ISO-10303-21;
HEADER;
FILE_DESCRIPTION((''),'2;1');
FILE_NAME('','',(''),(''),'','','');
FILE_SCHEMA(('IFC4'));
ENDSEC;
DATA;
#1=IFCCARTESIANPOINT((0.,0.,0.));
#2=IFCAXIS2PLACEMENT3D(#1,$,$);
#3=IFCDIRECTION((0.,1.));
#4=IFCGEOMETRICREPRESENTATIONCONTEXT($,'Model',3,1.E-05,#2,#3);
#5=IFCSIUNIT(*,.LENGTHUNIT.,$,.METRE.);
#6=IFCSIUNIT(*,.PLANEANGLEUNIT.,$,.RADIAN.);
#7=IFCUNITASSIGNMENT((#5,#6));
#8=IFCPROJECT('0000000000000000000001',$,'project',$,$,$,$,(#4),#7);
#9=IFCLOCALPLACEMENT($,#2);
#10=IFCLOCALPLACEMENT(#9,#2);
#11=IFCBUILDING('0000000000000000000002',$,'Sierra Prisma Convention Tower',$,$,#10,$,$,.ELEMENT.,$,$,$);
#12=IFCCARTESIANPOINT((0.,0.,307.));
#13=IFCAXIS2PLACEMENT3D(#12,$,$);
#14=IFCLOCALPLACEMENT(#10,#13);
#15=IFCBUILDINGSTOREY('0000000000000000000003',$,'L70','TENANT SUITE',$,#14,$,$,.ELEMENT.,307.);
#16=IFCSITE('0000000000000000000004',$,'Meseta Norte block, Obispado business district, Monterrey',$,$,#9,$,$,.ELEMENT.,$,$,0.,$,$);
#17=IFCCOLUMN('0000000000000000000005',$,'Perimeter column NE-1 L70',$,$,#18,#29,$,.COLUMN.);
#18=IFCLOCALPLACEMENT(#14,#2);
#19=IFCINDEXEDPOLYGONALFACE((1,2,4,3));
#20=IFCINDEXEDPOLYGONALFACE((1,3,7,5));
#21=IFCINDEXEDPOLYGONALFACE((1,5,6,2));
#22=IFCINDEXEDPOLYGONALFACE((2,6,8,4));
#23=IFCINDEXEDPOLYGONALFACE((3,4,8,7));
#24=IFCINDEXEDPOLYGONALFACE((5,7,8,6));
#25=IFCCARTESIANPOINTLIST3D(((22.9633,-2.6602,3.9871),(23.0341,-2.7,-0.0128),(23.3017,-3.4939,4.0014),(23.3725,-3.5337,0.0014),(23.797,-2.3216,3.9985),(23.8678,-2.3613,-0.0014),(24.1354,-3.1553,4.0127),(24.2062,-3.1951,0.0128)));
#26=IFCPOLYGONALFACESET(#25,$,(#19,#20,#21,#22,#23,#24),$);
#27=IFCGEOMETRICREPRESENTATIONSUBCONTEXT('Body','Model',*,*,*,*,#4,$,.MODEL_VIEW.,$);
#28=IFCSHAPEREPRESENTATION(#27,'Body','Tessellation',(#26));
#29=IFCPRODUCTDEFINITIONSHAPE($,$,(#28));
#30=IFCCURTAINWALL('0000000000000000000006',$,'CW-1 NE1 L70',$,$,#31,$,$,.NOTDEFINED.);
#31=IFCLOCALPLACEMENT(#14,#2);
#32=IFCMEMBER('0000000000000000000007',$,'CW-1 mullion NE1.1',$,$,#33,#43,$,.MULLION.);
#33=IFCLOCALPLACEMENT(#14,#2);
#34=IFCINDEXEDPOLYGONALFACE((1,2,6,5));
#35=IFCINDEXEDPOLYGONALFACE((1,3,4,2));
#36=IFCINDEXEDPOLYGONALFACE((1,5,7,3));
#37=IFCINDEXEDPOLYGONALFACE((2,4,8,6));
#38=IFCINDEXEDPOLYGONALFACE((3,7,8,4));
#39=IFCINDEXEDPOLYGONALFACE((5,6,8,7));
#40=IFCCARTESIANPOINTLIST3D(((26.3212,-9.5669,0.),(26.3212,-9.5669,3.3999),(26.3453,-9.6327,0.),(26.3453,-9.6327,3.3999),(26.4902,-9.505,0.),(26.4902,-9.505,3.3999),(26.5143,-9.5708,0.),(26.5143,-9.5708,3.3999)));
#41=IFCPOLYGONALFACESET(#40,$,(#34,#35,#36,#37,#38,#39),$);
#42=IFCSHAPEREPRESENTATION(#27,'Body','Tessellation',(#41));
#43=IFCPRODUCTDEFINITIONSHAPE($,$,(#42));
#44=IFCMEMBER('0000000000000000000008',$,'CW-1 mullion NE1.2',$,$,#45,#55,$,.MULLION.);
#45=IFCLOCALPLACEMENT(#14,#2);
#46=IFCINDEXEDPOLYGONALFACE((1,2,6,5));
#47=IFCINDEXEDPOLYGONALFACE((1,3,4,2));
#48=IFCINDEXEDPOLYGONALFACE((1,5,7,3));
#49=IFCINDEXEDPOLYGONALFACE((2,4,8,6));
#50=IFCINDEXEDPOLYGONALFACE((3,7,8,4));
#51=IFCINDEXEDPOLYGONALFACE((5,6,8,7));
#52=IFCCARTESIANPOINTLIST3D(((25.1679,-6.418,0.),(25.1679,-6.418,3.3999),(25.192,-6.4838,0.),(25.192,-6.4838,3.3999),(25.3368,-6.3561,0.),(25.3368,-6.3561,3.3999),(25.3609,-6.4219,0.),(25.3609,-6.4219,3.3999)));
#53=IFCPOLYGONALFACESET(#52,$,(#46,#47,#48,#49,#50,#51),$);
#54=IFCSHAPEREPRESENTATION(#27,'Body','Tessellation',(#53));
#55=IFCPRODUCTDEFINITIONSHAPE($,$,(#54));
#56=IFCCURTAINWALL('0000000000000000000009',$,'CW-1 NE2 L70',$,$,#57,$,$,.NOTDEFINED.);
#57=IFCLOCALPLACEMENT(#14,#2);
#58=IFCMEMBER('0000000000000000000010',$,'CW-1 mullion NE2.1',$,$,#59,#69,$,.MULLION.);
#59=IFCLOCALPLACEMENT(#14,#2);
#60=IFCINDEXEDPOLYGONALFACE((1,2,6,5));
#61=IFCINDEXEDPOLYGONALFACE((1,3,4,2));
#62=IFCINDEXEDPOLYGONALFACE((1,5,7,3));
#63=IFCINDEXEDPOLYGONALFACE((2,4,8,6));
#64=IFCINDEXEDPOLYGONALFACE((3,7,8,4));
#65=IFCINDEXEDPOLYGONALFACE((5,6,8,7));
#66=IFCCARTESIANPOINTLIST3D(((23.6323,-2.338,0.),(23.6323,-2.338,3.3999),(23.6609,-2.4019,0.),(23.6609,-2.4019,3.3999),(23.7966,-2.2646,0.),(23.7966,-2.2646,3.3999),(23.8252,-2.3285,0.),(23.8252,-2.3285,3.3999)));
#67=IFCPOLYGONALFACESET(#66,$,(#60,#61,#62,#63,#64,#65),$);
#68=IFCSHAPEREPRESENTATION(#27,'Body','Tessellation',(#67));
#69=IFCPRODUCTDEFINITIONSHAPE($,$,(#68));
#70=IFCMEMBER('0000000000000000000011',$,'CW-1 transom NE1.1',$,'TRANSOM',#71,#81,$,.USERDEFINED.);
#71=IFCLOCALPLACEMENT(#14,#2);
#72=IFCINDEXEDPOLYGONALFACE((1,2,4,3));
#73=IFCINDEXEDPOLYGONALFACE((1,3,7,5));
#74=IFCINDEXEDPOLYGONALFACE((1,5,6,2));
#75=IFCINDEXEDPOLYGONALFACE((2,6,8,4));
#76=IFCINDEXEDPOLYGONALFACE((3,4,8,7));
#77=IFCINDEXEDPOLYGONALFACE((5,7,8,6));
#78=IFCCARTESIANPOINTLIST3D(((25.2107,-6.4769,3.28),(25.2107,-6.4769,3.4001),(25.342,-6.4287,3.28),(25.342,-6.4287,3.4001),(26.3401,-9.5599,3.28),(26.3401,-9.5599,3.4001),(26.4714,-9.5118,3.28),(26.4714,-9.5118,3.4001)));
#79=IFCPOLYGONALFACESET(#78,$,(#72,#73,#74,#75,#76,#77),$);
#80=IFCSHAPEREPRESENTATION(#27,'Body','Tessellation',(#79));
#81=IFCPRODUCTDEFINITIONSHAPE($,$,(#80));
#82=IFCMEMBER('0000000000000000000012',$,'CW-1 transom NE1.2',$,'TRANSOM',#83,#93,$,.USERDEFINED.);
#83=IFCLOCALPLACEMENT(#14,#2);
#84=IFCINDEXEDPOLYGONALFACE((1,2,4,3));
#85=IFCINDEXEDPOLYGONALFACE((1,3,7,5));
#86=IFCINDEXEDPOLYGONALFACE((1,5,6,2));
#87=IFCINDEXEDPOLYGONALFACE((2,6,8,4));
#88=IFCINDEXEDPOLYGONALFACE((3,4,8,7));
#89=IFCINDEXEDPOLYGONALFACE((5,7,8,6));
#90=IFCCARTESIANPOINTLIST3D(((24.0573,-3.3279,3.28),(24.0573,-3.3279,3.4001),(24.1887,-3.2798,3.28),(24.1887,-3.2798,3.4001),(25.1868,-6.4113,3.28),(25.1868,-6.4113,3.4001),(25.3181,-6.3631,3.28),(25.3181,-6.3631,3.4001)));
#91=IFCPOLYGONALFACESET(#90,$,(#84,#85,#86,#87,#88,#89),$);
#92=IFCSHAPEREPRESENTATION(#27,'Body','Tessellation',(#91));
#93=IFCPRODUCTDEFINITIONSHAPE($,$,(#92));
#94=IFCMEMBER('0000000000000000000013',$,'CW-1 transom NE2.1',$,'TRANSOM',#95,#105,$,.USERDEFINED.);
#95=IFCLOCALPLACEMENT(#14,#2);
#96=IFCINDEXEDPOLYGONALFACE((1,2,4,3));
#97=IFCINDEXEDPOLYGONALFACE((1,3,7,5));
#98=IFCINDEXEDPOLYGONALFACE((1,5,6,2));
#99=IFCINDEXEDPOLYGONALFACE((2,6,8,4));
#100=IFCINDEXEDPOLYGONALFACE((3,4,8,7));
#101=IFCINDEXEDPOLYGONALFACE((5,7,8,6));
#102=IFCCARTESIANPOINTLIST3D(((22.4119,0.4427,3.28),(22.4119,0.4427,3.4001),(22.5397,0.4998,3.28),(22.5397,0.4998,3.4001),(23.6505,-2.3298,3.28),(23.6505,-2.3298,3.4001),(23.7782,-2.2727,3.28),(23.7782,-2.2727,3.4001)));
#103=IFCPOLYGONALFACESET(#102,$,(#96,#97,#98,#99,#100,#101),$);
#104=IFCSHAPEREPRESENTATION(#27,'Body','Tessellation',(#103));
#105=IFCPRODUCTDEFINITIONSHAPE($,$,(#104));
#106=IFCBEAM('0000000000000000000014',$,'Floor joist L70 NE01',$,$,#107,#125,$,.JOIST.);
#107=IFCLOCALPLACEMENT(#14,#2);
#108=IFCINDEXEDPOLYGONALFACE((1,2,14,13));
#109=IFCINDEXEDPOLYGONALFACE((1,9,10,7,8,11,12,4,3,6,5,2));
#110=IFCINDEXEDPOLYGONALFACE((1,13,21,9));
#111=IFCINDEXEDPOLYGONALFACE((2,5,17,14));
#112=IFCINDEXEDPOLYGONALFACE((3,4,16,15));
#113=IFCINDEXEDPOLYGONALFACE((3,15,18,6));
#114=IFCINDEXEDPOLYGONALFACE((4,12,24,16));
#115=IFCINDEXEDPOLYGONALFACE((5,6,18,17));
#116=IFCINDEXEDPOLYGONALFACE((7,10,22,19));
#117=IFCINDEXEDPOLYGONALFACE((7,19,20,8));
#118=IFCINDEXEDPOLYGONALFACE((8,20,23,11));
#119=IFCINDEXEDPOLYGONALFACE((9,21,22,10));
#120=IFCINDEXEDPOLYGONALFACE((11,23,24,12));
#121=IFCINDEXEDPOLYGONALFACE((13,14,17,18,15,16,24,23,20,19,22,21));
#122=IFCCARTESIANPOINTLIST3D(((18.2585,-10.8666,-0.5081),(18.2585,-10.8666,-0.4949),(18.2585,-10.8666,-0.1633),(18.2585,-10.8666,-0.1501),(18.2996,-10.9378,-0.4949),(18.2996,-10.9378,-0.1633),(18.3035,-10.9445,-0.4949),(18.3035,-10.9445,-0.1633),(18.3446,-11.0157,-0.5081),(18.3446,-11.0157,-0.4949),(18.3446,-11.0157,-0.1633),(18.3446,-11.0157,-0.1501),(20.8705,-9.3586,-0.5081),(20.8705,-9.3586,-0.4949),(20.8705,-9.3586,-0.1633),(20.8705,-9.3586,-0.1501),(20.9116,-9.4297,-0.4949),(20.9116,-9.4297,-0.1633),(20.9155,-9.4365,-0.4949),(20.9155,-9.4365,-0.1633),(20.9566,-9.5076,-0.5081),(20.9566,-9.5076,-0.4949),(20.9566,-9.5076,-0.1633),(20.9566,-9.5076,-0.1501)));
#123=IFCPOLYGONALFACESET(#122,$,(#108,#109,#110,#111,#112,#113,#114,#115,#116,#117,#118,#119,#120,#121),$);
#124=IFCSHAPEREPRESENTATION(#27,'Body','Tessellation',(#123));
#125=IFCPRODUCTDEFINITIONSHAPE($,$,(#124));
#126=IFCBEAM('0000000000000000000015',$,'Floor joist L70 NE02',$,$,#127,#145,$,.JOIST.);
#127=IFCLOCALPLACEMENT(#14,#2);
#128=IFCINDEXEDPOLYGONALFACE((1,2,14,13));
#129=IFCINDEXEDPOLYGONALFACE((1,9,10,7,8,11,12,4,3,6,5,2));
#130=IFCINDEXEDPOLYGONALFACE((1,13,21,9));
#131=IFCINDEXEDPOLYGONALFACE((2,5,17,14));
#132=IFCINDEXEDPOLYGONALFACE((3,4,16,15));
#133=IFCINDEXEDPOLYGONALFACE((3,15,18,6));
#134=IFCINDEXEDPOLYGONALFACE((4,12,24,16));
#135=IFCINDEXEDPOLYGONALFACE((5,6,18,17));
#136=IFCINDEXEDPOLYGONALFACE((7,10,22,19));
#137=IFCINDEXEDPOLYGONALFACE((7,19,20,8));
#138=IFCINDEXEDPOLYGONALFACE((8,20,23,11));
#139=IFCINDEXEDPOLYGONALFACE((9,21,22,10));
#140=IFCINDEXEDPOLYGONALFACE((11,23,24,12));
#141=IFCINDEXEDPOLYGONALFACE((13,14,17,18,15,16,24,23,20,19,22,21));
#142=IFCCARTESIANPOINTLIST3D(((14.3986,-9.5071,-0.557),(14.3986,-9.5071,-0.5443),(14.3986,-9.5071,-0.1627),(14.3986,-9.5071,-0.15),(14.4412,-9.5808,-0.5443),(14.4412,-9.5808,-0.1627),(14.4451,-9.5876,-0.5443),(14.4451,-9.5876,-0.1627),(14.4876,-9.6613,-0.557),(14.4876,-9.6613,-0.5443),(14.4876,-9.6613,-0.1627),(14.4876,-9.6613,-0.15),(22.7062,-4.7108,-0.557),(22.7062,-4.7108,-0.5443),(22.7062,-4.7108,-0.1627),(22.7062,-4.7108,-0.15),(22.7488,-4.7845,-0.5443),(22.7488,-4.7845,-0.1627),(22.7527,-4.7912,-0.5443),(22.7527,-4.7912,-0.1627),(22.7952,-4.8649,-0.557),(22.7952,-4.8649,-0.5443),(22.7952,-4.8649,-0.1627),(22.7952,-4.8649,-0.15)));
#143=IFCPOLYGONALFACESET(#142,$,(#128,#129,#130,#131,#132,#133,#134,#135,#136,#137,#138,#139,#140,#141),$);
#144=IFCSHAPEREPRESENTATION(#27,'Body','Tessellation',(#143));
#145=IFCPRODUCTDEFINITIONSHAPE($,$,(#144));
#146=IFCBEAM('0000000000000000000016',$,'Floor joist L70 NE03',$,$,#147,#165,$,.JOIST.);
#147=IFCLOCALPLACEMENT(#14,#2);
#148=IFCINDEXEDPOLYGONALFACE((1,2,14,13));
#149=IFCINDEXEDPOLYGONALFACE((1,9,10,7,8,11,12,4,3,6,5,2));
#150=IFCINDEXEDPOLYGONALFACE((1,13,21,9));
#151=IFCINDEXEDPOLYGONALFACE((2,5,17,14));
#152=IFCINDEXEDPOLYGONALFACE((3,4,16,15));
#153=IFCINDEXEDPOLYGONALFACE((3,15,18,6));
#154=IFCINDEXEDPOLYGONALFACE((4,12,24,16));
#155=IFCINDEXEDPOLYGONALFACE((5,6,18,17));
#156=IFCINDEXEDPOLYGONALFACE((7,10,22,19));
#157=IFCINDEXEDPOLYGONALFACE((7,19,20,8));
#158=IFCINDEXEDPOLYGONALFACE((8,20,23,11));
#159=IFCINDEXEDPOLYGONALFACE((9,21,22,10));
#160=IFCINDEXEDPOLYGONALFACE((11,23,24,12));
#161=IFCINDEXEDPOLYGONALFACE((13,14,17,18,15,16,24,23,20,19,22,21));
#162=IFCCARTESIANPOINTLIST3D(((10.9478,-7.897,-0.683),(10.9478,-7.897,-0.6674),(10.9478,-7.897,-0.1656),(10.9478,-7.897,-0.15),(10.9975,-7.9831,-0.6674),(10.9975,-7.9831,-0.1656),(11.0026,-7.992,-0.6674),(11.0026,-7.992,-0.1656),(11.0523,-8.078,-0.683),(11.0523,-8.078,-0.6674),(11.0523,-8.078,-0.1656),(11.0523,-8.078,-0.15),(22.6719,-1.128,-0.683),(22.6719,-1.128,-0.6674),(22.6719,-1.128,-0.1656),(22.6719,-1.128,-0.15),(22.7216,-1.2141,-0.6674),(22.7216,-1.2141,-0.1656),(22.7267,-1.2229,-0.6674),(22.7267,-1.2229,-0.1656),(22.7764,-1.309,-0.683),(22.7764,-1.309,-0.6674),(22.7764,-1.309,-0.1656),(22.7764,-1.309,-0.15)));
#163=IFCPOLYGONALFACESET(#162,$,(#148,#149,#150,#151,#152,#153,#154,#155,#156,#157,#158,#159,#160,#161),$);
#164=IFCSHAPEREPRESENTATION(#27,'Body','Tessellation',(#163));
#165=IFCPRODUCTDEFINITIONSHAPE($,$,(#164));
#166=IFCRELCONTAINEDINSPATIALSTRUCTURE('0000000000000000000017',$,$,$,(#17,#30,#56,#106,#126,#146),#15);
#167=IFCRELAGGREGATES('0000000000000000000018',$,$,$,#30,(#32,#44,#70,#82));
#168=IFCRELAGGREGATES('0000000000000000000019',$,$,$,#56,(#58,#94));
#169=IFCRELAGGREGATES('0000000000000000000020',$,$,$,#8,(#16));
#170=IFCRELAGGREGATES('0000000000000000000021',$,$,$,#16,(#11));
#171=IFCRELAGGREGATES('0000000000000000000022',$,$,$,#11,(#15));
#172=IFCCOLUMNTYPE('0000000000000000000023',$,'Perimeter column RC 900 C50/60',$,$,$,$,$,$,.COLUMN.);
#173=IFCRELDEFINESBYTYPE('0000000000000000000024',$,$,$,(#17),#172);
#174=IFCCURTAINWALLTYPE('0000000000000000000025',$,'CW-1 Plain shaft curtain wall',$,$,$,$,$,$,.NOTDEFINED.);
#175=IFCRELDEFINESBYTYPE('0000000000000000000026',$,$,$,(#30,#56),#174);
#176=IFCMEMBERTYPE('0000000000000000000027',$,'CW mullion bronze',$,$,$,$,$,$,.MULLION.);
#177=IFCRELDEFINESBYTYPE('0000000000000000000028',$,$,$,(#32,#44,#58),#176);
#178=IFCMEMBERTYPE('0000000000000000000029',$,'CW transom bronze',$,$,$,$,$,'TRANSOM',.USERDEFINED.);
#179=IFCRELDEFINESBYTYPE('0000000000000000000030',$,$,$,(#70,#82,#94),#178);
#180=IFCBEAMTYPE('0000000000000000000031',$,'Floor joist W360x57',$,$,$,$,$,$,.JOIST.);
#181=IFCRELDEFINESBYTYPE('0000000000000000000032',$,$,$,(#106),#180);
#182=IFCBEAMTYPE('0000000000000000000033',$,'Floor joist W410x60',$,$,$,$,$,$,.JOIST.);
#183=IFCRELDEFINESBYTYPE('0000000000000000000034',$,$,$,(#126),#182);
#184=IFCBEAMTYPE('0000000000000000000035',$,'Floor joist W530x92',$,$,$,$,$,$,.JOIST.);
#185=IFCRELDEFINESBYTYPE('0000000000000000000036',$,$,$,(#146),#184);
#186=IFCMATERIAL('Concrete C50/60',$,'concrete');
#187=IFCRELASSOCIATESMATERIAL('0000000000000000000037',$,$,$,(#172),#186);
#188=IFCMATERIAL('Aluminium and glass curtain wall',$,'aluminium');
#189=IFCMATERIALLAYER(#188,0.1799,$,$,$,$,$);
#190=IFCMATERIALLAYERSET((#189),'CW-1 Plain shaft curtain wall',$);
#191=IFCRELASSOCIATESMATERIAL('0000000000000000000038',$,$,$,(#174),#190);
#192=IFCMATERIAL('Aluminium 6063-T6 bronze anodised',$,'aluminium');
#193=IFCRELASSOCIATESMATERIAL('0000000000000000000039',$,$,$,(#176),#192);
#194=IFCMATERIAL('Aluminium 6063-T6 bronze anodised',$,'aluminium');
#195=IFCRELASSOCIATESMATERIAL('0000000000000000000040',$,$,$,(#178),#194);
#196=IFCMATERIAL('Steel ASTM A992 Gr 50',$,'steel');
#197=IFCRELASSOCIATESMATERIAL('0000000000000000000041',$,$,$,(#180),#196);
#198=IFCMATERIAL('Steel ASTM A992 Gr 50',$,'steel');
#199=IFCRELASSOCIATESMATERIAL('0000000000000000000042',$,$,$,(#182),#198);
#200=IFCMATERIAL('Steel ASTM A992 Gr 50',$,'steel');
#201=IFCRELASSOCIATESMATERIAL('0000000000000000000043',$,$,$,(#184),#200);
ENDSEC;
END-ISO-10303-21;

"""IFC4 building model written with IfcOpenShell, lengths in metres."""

from ifc_helpers import new_model, si_unit, direction, frame, origin, origin_2d, place, context, subcontext, project, spatial, rectangle, i_section, extrude, material, layer, layer_set, material_profile, profile_set, type_object, element, aggregate, save


model = new_model("IFC4")

# Units and contexts
model_context = context("Model", 3, precision=1e-05, world=origin(), true_north=direction((0.0, 1.0)))
body_context = subcontext(model_context, "Body", "Model", "MODEL_VIEW")
ifc_project = project(units=[si_unit("LENGTHUNIT", "METRE"), si_unit("PLANEANGLEUNIT", "RADIAN")], contexts=[model_context])

# Site, building, storey
site_placement = place(None, origin())
site = spatial("IfcSite", under=ifc_project, at=site_placement, Name="Meseta Norte block, Obispado business district, Monterrey", CompositionType="ELEMENT", RefElevation=0.0)
building_placement = place(site_placement, origin())
building = spatial("IfcBuilding", under=site, at=building_placement, Name="Sierra Prisma Convention Tower", CompositionType="ELEMENT")
storey_placement = place(building_placement, frame((0.0, 0.0, 307.0)))
storey = spatial("IfcBuildingStorey", under=building, at=storey_placement, Name="L70", Description="TENANT SUITE", CompositionType="ELEMENT", Elevation=307.0)

# Column
ifc_material_1 = material(Name="Concrete C50/60", Category="concrete")
ifc_material_profile_1 = material_profile(ifc_material_1, rectangle(XDim=0.8999, YDim=0.8999, at=origin_2d()), Name="Perimeter column RC 900 C50/60")
ifc_profile_set_1 = profile_set([ifc_material_profile_1], Name="Concrete C50/60")
column_type = type_object("IfcColumnType", Name="Perimeter column RC 900 C50/60", PredefinedType="COLUMN", material=ifc_profile_set_1)
column_placement = place(storey_placement, frame((23.6201, -2.9475, 0.0), z_axis=(-0.017697, 0.009947, 0.999794), x_axis=(-0.376065, 0.926457, -0.015873)))
element("IfcColumn", 1, at=column_placement, inside=storey, type_object=column_type, Name="Perimeter column NE-1 L70", PredefinedType="COLUMN", context=body_context, shape_type="SweptSolid", body=[
    extrude(rectangle(XDim=0.8999, YDim=0.8999, at=origin_2d()), origin(), (0.0, 0.0, 1.0), 4.0007),
])

# Curtain wall, members
ifc_material_2 = material(Name="Aluminium and glass curtain wall", Category="aluminium")
ifc_layer_1 = layer(ifc_material_2, 0.1799)
ifc_layer_set_1 = layer_set([ifc_layer_1], Name="CW-1 Plain shaft curtain wall")
curtain_wall_type = type_object("IfcCurtainWallType", Name="CW-1 Plain shaft curtain wall", PredefinedType="NOTDEFINED", material=ifc_layer_set_1)
curtain_wall_1_placement = place(storey_placement, origin())
curtain_wall_1 = element("IfcCurtainWall", 2, at=curtain_wall_1_placement, inside=storey, type_object=curtain_wall_type, Name="CW-1 NE1 L70", PredefinedType="NOTDEFINED")
ifc_material_3 = material(Name="Aluminium 6063-T6 bronze anodised", Category="aluminium")
ifc_material_profile_2 = material_profile(ifc_material_3, rectangle(XDim=0.1799, YDim=0.0701, at=origin_2d()), Name="ALU MULLION 70x180")
ifc_profile_set_2 = profile_set([ifc_material_profile_2], Name="Aluminium 6063-T6 bronze anodised")
member_type_1 = type_object("IfcMemberType", Name="CW mullion bronze", PredefinedType="MULLION", material=ifc_profile_set_2)
member_1_placement = place(storey_placement, frame((26.4177, -9.5688, 0.0), z_axis=(0.0, 0.0, 1.0), x_axis=(-0.938991, -0.343942, 0.0)))
member_1 = element("IfcMember", 3, at=member_1_placement, type_object=member_type_1, Name="CW-1 mullion NE1.1", PredefinedType="MULLION", context=body_context, shape_type="SweptSolid", body=[
    extrude(rectangle(XDim=0.1799, YDim=0.0701, at=origin_2d()), origin(), (0.0, 0.0, 1.0), 3.3999),
])
member_2_placement = place(storey_placement, frame((25.2644, -6.4199, 0.0), z_axis=(0.0, 0.0, 1.0), x_axis=(-0.938991, -0.343942, 0.0)))
member_2 = element("IfcMember", 4, at=member_2_placement, type_object=member_type_1, Name="CW-1 mullion NE1.2", PredefinedType="MULLION", context=body_context, shape_type="SweptSolid", body=[
    extrude(rectangle(XDim=0.1799, YDim=0.0701, at=origin_2d()), origin(), (0.0, 0.0, 1.0), 3.3999),
])

# Curtain wall, member
curtain_wall_2_placement = place(storey_placement, origin())
curtain_wall_2 = element("IfcCurtainWall", 5, at=curtain_wall_2_placement, inside=storey, type_object=curtain_wall_type, Name="CW-1 NE2 L70", PredefinedType="NOTDEFINED")
member_3_placement = place(storey_placement, frame((23.7288, -2.3333, 0.0), z_axis=(0.0, 0.0, 1.0), x_axis=(-0.913045, -0.407858, 0.0)))
member_3 = element("IfcMember", 6, at=member_3_placement, type_object=member_type_1, Name="CW-1 mullion NE2.1", PredefinedType="MULLION", context=body_context, shape_type="SweptSolid", body=[
    extrude(rectangle(XDim=0.1799, YDim=0.0701, at=origin_2d()), origin(), (0.0, 0.0, 1.0), 3.3999),
])

# Members
ifc_material_4 = material(Name="Aluminium 6063-T6 bronze anodised", Category="aluminium")
ifc_material_profile_3 = material_profile(ifc_material_4, rectangle(XDim=0.1399, YDim=0.1201, at=origin_2d()), Name="ALU TRANSOM 120x140")
ifc_profile_set_3 = profile_set([ifc_material_profile_3], Name="Aluminium 6063-T6 bronze anodised")
member_type_2 = type_object("IfcMemberType", Name="CW transom bronze", ElementType="TRANSOM", PredefinedType="USERDEFINED", material=ifc_profile_set_3)
member_4_placement = place(storey_placement, frame((26.4058, -9.5359, 3.3401), z_axis=(-0.343975, 0.938979, 0.0), x_axis=(-0.938979, -0.343975, 0.0)))
member_4 = element("IfcMember", 7, at=member_4_placement, type_object=member_type_2, Name="CW-1 transom NE1.1", ObjectType="TRANSOM", PredefinedType="USERDEFINED", context=body_context, shape_type="SweptSolid", body=[
    extrude(rectangle(XDim=0.1399, YDim=0.1201, at=origin_2d()), origin(), (0.0, 0.0, 1.0), 3.2834),
])
member_5_placement = place(storey_placement, frame((25.2524, -6.3872, 3.3401), z_axis=(-0.343951, 0.938988, 0.0), x_axis=(-0.938988, -0.343951, 0.0)))
member_5 = element("IfcMember", 8, at=member_5_placement, type_object=member_type_2, Name="CW-1 transom NE1.2", ObjectType="TRANSOM", PredefinedType="USERDEFINED", context=body_context, shape_type="SweptSolid", body=[
    extrude(rectangle(XDim=0.1399, YDim=0.1201, at=origin_2d()), origin(), (0.0, 0.0, 1.0), 3.2837),
])
member_6_placement = place(storey_placement, frame((23.7144, -2.3013, 3.3401), z_axis=(-0.407876, 0.913037, 0.0), x_axis=(-0.913037, -0.407876, 0.0)))
member_6 = element("IfcMember", 9, at=member_6_placement, type_object=member_type_2, Name="CW-1 transom NE2.1", ObjectType="TRANSOM", PredefinedType="USERDEFINED", context=body_context, shape_type="SweptSolid", body=[
    extrude(rectangle(XDim=0.1399, YDim=0.1201, at=origin_2d()), origin(), (0.0, 0.0, 1.0), 3.0366),
])

# Beams
ifc_material_5 = material(Name="Steel ASTM A992 Gr 50", Category="steel")
ifc_material_profile_4 = material_profile(ifc_material_5, i_section(OverallWidth=0.1721, OverallDepth=0.3579, WebThickness=0.0078, FlangeThickness=0.0132, at=origin_2d()), Name="W360x57")
ifc_profile_set_4 = profile_set([ifc_material_profile_4], Name="Steel ASTM A992 Gr 50")
beam_type_1 = type_object("IfcBeamType", Name="Floor joist W360x57", PredefinedType="JOIST", material=ifc_profile_set_4)
beam_1_placement = place(storey_placement, frame((20.9136, -9.4331, -0.3291), z_axis=(-0.866028, -0.499996, 0.0), x_axis=(0.499996, -0.866028, 0.0)))
element("IfcBeam", 10, at=beam_1_placement, inside=storey, type_object=beam_type_1, Name="Floor joist L70 NE01", PredefinedType="JOIST", context=body_context, shape_type="SweptSolid", body=[
    extrude(i_section(OverallWidth=0.1721, OverallDepth=0.3579, WebThickness=0.0078, FlangeThickness=0.0132, at=origin_2d()), origin(), (0.0, 0.0, 1.0), 3.0161),
])
ifc_material_6 = material(Name="Steel ASTM A992 Gr 50", Category="steel")
ifc_material_profile_5 = material_profile(ifc_material_6, i_section(OverallWidth=0.178, OverallDepth=0.407, WebThickness=0.0078, FlangeThickness=0.0127, at=origin_2d()), Name="W410x60")
ifc_profile_set_5 = profile_set([ifc_material_profile_5], Name="Steel ASTM A992 Gr 50")
beam_type_2 = type_object("IfcBeamType", Name="Floor joist W410x60", PredefinedType="JOIST", material=ifc_profile_set_5)
beam_2_placement = place(storey_placement, frame((22.7507, -4.7878, -0.3535), z_axis=(-0.866026, -0.499999, 0.0), x_axis=(0.499999, -0.866026, 0.0)))
element("IfcBeam", 11, at=beam_2_placement, inside=storey, type_object=beam_type_2, Name="Floor joist L70 NE02", PredefinedType="JOIST", context=body_context, shape_type="SweptSolid", body=[
    extrude(i_section(OverallWidth=0.178, OverallDepth=0.407, WebThickness=0.0078, FlangeThickness=0.0127, at=origin_2d()), origin(), (0.0, 0.0, 1.0), 9.5928),
])
ifc_material_7 = material(Name="Steel ASTM A992 Gr 50", Category="steel")
ifc_material_profile_6 = material_profile(ifc_material_7, i_section(OverallWidth=0.209, OverallDepth=0.533, WebThickness=0.0103, FlangeThickness=0.0156, at=origin_2d()), Name="W530x92")
ifc_profile_set_6 = profile_set([ifc_material_profile_6], Name="Steel ASTM A992 Gr 50")
beam_type_3 = type_object("IfcBeamType", Name="Floor joist W530x92", PredefinedType="JOIST", material=ifc_profile_set_6)
beam_3_placement = place(storey_placement, frame((22.7241, -1.2185, -0.4165), z_axis=(-0.866022, -0.500007, 0.0), x_axis=(0.500007, -0.866022, 0.0)))
element("IfcBeam", 12, at=beam_3_placement, inside=storey, type_object=beam_type_3, Name="Floor joist L70 NE03", PredefinedType="JOIST", context=body_context, shape_type="SweptSolid", body=[
    extrude(i_section(OverallWidth=0.209, OverallDepth=0.533, WebThickness=0.0103, FlangeThickness=0.0156, at=origin_2d()), origin(), (0.0, 0.0, 1.0), 13.5378),
])

aggregate(curtain_wall_1, [member_1, member_2, member_4, member_5])
aggregate(curtain_wall_2, [member_3, member_6])

save(model, "model.ifc")
